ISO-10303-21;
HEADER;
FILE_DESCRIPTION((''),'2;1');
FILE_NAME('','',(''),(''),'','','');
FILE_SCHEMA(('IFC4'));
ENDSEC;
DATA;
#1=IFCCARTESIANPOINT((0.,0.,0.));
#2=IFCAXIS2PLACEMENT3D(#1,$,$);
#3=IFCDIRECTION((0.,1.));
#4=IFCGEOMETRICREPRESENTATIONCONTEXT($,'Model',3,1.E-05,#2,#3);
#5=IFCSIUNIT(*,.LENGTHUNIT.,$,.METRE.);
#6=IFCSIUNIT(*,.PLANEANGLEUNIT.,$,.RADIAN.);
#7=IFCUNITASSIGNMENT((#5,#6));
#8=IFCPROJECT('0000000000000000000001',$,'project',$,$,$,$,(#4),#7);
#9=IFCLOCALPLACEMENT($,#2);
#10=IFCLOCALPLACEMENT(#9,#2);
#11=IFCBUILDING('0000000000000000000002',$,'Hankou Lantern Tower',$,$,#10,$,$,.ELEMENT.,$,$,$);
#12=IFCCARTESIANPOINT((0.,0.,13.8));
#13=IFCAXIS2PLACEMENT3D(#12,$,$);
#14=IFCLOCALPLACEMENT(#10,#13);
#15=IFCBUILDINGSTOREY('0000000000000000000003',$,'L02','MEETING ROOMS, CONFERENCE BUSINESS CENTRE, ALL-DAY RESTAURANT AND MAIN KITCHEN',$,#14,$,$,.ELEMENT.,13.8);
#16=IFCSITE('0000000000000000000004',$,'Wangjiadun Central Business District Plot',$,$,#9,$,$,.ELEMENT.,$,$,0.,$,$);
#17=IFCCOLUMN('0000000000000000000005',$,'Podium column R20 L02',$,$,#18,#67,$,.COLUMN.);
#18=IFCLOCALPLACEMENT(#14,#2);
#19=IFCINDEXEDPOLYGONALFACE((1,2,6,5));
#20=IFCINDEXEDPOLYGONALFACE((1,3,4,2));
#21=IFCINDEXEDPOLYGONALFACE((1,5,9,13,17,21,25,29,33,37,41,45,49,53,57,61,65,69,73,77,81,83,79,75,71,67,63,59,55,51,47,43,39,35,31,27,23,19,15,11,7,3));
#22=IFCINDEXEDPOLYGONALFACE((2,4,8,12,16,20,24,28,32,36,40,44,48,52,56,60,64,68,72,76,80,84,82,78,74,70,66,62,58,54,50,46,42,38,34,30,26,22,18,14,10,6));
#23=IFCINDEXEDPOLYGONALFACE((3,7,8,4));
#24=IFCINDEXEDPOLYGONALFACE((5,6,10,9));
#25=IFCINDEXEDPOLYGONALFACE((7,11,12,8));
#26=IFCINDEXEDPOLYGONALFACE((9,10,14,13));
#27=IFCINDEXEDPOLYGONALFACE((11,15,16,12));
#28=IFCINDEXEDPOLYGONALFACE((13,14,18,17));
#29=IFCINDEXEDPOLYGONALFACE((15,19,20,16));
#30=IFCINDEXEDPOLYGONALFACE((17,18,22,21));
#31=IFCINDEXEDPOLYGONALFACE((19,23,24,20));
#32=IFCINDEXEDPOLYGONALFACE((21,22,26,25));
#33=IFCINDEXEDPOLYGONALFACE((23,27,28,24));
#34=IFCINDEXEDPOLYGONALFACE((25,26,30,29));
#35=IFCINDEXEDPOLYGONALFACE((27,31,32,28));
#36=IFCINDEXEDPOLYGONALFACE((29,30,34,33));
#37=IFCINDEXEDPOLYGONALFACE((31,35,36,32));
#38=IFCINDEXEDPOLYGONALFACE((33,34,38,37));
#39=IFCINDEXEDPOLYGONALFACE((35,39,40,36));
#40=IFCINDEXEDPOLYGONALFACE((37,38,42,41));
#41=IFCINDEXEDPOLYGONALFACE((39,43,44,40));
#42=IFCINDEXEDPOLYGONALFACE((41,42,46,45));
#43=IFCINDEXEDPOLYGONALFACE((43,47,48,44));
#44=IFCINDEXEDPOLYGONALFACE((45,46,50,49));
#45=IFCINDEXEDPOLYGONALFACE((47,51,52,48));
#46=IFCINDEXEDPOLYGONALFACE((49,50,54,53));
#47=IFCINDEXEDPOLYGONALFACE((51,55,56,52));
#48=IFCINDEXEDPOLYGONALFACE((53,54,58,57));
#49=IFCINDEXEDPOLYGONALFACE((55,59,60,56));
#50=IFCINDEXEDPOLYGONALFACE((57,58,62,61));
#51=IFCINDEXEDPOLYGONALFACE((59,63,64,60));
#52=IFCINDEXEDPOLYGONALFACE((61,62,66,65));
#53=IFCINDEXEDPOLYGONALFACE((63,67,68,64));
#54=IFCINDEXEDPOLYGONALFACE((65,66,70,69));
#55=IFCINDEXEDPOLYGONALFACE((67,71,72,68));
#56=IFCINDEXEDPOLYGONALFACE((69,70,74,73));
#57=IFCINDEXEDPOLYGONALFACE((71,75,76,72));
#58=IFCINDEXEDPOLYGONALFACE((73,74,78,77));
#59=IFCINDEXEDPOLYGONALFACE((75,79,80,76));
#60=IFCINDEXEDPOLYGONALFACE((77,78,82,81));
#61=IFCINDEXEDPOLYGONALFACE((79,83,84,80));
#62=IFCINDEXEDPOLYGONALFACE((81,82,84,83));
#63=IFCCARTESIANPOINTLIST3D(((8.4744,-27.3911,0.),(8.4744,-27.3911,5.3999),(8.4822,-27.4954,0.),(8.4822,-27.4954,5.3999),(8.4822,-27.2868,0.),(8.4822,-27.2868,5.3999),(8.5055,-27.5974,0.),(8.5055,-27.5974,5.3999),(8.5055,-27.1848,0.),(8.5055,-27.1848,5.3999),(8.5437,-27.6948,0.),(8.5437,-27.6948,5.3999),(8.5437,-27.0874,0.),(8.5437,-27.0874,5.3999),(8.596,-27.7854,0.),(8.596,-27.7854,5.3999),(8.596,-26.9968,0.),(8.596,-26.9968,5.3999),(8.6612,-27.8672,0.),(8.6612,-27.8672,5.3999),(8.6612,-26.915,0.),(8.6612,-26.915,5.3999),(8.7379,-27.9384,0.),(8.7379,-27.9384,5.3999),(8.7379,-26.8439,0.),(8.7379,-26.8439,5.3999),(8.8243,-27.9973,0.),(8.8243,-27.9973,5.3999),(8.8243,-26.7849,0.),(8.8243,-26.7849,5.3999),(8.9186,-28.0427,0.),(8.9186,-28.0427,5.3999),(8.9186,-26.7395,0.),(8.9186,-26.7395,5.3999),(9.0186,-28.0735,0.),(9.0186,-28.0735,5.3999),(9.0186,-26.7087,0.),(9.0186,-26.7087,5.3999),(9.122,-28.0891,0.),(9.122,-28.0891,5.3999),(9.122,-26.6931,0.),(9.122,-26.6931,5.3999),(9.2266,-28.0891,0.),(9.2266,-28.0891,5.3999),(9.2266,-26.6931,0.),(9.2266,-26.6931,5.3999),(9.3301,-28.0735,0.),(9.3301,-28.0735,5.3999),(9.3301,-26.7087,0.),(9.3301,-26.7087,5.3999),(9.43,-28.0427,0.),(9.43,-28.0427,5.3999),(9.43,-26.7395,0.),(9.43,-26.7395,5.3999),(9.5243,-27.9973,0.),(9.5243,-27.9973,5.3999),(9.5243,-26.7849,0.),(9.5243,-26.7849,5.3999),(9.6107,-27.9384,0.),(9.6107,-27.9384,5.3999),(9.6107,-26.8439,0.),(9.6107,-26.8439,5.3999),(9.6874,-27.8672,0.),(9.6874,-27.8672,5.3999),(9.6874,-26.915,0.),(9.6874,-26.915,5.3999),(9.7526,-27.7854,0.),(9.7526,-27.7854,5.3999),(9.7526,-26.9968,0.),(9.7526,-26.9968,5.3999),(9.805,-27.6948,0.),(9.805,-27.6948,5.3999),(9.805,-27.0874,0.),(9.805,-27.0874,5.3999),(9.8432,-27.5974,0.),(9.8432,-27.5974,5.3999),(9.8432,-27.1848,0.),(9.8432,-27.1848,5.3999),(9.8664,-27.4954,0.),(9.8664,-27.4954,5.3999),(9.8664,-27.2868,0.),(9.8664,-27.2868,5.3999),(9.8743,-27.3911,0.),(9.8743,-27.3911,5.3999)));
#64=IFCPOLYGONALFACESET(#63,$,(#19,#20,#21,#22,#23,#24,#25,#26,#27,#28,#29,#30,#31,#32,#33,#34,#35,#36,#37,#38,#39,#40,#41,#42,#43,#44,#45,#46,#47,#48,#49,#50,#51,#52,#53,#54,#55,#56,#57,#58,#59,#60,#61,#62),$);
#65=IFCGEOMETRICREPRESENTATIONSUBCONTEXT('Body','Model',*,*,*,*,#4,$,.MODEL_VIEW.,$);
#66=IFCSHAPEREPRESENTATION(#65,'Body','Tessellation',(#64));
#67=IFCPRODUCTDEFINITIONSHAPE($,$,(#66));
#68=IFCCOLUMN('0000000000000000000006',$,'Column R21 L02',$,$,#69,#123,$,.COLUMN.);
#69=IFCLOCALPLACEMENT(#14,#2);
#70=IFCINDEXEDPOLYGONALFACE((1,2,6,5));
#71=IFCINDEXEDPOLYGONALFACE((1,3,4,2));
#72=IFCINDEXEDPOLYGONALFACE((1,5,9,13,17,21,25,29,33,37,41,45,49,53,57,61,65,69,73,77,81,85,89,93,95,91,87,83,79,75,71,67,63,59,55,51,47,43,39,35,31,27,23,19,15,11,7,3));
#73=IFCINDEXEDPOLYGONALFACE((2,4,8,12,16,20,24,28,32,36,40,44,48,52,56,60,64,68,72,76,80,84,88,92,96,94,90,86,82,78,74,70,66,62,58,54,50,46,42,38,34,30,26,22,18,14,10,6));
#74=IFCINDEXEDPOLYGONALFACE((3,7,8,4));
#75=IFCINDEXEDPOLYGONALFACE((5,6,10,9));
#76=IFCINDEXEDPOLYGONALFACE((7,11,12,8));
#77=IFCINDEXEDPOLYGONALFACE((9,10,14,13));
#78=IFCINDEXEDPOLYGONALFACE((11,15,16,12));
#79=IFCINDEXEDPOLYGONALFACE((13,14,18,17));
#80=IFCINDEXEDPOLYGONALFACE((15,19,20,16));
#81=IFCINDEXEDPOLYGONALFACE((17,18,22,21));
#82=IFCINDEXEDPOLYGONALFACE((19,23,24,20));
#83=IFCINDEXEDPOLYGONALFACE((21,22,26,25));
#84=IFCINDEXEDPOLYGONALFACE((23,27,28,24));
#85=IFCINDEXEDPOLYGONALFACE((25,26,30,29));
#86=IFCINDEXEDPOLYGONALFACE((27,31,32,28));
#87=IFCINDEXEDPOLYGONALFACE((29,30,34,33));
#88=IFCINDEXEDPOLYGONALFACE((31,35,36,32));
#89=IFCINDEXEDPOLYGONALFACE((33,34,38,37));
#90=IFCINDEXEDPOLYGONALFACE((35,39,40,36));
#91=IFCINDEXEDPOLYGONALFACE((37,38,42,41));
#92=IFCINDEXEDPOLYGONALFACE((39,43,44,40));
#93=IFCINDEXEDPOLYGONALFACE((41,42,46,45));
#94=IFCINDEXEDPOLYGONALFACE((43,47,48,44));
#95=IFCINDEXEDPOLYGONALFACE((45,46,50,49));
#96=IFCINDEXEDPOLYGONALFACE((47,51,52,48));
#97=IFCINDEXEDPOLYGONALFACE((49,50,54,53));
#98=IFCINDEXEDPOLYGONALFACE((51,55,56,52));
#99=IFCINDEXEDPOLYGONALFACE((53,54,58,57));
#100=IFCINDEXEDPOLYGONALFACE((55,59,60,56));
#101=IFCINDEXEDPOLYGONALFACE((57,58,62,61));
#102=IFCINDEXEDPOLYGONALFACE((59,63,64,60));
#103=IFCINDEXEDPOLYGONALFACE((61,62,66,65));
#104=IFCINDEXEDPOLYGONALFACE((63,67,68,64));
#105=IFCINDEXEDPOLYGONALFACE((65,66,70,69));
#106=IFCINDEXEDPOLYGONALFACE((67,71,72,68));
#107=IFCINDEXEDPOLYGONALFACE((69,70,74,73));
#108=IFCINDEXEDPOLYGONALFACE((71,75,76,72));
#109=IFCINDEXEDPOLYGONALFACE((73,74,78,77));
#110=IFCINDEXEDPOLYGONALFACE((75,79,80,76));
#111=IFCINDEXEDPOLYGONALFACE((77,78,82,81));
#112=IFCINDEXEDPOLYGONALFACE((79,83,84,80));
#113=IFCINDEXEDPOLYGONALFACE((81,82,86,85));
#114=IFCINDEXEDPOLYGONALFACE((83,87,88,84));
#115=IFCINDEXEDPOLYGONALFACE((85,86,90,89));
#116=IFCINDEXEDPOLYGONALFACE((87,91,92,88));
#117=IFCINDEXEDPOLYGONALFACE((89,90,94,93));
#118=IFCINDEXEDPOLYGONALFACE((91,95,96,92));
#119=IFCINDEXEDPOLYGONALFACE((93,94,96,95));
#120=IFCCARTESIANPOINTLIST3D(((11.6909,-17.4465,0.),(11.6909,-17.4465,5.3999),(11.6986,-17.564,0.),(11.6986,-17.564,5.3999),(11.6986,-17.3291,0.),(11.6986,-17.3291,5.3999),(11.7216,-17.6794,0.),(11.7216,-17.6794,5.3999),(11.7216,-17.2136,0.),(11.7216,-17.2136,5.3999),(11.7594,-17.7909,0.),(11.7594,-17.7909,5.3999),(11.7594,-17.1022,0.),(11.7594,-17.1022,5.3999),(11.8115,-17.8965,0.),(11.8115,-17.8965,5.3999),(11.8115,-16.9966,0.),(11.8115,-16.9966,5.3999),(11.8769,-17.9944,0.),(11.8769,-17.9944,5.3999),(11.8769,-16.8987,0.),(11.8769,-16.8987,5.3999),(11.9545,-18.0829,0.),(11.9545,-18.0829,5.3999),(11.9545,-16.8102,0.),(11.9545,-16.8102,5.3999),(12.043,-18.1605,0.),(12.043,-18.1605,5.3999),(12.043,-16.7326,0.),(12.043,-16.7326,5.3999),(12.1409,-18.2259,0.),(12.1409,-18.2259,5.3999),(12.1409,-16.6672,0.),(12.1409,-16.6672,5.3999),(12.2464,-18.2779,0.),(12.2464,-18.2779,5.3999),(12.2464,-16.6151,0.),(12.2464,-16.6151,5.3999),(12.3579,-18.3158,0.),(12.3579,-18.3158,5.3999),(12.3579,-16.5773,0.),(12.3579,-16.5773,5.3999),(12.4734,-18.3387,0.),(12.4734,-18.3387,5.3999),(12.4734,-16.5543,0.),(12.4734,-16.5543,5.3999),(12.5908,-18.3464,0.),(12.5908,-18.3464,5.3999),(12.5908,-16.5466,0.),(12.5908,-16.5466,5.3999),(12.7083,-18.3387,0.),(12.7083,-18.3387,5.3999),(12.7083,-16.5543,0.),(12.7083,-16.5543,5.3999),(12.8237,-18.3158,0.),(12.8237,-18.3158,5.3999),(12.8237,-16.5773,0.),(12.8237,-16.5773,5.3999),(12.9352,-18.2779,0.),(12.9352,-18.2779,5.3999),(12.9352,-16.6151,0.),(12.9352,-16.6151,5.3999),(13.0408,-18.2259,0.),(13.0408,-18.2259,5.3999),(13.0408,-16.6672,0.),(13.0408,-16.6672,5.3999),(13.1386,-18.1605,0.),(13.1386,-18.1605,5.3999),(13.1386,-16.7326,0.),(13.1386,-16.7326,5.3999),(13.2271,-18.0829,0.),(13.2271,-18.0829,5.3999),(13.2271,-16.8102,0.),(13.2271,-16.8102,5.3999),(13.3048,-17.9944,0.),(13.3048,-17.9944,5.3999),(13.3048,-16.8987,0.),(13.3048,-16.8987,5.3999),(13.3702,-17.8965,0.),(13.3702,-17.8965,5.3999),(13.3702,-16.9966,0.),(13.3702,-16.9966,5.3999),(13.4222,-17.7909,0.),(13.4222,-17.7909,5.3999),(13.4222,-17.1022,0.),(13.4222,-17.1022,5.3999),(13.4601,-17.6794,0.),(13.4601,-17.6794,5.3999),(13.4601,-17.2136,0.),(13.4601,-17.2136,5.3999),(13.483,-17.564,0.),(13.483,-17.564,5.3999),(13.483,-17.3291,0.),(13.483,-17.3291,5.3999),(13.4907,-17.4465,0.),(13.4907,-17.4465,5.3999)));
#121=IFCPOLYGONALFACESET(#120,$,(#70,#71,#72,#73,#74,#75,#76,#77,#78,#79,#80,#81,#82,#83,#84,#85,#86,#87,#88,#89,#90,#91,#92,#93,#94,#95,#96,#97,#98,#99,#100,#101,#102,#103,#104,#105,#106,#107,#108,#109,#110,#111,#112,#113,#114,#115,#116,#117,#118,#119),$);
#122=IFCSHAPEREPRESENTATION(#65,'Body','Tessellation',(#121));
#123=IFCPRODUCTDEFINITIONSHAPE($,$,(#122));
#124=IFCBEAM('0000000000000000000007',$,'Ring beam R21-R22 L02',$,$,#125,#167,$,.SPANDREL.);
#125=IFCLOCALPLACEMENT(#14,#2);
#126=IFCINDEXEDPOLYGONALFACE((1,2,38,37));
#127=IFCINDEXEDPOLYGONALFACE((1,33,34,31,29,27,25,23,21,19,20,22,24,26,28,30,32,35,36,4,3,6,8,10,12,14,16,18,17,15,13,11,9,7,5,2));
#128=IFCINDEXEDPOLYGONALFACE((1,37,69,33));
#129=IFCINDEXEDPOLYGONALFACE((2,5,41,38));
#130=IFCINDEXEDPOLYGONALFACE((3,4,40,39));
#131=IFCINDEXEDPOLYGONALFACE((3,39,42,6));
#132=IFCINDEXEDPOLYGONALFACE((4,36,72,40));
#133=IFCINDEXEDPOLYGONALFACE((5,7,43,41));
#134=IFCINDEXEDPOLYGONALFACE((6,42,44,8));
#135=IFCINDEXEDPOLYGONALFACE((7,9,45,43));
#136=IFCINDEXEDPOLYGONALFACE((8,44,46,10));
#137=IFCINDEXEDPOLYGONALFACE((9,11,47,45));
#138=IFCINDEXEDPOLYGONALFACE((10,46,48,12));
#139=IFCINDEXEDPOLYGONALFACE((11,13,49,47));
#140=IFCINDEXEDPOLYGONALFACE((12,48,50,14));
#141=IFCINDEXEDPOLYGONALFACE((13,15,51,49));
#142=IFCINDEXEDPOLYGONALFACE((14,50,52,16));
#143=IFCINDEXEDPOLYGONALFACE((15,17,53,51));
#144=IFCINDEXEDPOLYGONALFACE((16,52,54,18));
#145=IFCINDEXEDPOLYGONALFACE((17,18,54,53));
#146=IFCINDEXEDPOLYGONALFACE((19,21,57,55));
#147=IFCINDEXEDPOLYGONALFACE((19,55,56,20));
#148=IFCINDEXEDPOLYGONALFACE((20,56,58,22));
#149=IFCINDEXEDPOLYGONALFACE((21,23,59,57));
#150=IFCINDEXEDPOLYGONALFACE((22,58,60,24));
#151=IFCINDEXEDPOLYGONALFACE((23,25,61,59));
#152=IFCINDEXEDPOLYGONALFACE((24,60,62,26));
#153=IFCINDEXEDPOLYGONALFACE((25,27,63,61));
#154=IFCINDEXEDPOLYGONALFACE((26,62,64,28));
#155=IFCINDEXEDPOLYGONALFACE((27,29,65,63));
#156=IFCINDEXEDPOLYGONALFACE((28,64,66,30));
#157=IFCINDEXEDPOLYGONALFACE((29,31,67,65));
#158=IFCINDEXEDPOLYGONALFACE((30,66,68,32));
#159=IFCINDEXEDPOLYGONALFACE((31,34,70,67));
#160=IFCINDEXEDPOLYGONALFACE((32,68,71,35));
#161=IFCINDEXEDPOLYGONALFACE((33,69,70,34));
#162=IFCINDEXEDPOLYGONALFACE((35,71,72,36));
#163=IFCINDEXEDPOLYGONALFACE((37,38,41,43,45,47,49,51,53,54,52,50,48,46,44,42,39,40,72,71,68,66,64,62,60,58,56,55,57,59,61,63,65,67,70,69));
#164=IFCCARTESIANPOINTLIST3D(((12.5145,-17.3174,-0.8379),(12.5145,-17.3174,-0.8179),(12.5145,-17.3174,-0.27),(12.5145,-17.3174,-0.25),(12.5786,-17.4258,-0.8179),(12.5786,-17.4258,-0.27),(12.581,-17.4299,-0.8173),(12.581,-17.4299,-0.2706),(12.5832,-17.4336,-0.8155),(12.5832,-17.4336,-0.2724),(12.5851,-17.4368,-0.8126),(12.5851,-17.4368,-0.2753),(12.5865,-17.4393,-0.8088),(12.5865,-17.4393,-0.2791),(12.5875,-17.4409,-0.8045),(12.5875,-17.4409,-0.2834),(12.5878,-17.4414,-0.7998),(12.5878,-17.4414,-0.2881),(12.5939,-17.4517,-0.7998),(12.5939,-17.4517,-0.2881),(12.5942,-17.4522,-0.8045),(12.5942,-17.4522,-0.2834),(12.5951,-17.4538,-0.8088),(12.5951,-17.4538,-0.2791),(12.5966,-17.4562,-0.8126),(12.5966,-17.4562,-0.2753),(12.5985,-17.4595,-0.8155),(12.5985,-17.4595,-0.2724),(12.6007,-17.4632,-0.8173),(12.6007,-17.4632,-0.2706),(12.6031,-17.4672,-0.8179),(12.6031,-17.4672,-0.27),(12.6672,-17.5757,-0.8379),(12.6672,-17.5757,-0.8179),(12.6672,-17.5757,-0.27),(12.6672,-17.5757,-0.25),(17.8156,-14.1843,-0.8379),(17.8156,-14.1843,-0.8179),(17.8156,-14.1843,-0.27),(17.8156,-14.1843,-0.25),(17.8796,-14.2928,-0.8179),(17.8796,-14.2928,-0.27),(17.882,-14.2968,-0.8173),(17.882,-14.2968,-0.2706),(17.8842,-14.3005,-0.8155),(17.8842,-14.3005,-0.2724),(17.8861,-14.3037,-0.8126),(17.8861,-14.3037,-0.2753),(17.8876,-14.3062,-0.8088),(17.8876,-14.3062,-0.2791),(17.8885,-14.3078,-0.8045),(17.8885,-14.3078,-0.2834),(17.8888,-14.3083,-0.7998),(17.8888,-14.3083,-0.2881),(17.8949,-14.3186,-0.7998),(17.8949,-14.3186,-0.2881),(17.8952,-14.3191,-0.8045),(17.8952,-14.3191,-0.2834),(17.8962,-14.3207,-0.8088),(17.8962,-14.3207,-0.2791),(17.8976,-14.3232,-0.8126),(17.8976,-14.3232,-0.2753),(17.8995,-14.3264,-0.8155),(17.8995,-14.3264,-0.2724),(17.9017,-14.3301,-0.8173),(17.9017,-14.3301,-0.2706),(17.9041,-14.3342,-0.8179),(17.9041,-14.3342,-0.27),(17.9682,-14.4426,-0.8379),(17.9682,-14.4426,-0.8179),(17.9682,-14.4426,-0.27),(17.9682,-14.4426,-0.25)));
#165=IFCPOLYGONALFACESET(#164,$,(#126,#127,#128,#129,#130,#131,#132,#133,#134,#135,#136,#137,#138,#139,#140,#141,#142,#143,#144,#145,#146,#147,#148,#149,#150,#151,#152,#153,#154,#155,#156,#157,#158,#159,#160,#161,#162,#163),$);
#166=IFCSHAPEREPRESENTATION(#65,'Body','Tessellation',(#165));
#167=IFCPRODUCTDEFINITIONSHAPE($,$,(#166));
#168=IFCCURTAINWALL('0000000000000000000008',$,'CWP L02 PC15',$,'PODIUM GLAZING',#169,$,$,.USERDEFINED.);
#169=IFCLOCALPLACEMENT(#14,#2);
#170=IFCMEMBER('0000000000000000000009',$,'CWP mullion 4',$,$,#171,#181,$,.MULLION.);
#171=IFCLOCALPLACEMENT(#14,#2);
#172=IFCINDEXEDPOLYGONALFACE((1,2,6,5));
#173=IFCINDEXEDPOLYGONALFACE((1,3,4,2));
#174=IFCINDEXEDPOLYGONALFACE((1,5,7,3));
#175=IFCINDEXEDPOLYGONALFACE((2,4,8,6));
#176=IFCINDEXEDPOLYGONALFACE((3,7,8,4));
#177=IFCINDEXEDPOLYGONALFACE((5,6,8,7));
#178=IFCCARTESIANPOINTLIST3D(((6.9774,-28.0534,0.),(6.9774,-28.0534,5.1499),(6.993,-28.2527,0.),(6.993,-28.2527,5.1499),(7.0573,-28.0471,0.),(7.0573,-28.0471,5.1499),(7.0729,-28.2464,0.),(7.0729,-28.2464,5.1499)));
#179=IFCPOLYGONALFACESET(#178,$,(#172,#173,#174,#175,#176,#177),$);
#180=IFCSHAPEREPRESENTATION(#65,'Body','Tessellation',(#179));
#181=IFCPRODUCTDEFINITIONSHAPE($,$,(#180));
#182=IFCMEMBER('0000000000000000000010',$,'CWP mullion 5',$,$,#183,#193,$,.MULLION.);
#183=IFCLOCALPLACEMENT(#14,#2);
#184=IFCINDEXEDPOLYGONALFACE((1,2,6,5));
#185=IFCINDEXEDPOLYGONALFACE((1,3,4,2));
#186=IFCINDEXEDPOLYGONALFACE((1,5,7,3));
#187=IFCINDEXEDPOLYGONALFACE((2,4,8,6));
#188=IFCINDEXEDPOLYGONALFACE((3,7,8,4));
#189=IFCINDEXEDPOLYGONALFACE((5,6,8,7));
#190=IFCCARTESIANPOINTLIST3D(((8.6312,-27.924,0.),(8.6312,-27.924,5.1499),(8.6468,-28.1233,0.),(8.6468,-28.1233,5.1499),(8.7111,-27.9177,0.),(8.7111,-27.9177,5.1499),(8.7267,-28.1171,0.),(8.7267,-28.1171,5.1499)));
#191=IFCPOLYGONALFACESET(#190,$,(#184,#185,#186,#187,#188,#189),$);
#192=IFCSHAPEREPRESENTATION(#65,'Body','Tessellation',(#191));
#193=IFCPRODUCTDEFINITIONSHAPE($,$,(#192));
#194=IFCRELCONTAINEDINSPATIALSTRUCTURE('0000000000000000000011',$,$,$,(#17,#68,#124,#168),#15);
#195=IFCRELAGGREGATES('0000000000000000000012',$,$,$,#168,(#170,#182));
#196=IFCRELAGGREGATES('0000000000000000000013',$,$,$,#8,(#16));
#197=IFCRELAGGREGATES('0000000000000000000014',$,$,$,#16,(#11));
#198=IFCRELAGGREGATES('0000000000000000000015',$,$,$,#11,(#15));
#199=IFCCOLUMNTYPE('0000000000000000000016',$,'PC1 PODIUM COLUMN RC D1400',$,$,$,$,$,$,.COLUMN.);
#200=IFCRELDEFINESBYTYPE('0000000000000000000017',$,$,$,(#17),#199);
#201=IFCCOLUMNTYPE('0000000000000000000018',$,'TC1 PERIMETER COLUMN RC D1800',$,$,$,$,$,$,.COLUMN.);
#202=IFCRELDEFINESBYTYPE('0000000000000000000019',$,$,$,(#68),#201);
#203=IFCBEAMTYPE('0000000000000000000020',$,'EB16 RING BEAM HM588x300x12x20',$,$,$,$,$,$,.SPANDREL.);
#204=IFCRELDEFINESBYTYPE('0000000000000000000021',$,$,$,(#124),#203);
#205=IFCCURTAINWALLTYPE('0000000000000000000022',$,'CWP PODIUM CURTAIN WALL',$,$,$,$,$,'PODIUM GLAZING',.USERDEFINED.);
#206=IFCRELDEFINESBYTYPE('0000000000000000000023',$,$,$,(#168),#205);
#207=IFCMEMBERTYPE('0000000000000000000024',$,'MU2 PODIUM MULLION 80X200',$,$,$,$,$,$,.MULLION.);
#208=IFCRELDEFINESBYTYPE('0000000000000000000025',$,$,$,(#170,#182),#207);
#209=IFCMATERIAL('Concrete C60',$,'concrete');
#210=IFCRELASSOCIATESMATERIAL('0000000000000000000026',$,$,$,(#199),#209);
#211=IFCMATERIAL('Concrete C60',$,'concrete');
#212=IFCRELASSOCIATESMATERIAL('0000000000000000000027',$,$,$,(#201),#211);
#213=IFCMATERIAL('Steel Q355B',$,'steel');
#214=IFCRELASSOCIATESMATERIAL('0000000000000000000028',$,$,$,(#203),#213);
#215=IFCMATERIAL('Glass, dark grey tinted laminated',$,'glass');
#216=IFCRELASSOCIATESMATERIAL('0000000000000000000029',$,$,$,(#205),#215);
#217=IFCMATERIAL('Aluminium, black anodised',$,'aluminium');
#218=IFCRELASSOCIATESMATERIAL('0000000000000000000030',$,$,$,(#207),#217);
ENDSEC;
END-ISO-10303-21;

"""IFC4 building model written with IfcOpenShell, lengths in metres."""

from ifc_helpers import new_model, si_unit, direction, frame, origin, origin_2d, place, context, subcontext, project, spatial, rectangle, circle, i_section, extrude, material, material_profile, profile_set, type_object, element, aggregate, save


model = new_model("IFC4")

# Units and contexts
model_context = context("Model", 3, precision=1e-05, world=origin(), true_north=direction((0.0, 1.0)))
body_context = subcontext(model_context, "Body", "Model", "MODEL_VIEW")
ifc_project = project(units=[si_unit("LENGTHUNIT", "METRE"), si_unit("PLANEANGLEUNIT", "RADIAN")], contexts=[model_context])

# Site, building, storey
site_placement = place(None, origin())
site = spatial("IfcSite", under=ifc_project, at=site_placement, Name="Wangjiadun Central Business District Plot", CompositionType="ELEMENT", RefElevation=0.0)
building_placement = place(site_placement, origin())
building = spatial("IfcBuilding", under=site, at=building_placement, Name="Hankou Lantern Tower", CompositionType="ELEMENT")
storey_placement = place(building_placement, frame((0.0, 0.0, 13.8)))
storey = spatial("IfcBuildingStorey", under=building, at=storey_placement, Name="L02", Description="MEETING ROOMS, CONFERENCE BUSINESS CENTRE, ALL-DAY RESTAURANT AND MAIN KITCHEN", CompositionType="ELEMENT", Elevation=13.8)

# Columns
ifc_material_1 = material(Name="Concrete C60", Category="concrete")
ifc_material_profile_1 = material_profile(ifc_material_1, circle(Radius=0.7, at=origin_2d()), Name="RC D1400")
ifc_profile_set_1 = profile_set([ifc_material_profile_1], Name="Concrete C60")
column_type_1 = type_object("IfcColumnType", Name="PC1 PODIUM COLUMN RC D1400", PredefinedType="COLUMN", material=ifc_profile_set_1)
column_1_placement = place(storey_placement, frame((9.1743, -27.3911, 0.0), z_axis=(0.0, 0.0, 1.0), x_axis=(1.0, 0.0, 0.0)))
element("IfcColumn", 1, at=column_1_placement, inside=storey, type_object=column_type_1, Name="Podium column R20 L02", PredefinedType="COLUMN", context=body_context, shape_type="SweptSolid", body=[
    extrude(circle(Radius=0.7, at=origin_2d()), origin(), (0.0, 0.0, 1.0), 5.3999),
])
ifc_material_2 = material(Name="Concrete C60", Category="concrete")
ifc_material_profile_2 = material_profile(ifc_material_2, circle(Radius=0.8999, at=origin_2d()), Name="RC D1800")
ifc_profile_set_2 = profile_set([ifc_material_profile_2], Name="Concrete C60")
column_type_2 = type_object("IfcColumnType", Name="TC1 PERIMETER COLUMN RC D1800", PredefinedType="COLUMN", material=ifc_profile_set_2)
column_2_placement = place(storey_placement, frame((12.5908, -17.4465, 0.0), z_axis=(0.0, 0.0, 1.0), x_axis=(1.0, 0.0, 0.0)))
element("IfcColumn", 2, at=column_2_placement, inside=storey, type_object=column_type_2, Name="Column R21 L02", PredefinedType="COLUMN", context=body_context, shape_type="SweptSolid", body=[
    extrude(circle(Radius=0.8999, at=origin_2d()), origin(), (0.0, 0.0, 1.0), 5.3999),
])

# Beam
ifc_material_3 = material(Name="Steel Q355B", Category="steel")
ifc_material_profile_3 = material_profile(ifc_material_3, i_section(OverallWidth=0.3, OverallDepth=0.5879, WebThickness=0.012, FlangeThickness=0.02, FilletRadius=0.0181, at=origin_2d()), Name="HM588x300x12x20")
ifc_profile_set_3 = profile_set([ifc_material_profile_3], Name="Steel Q355B")
beam_type_1 = type_object("IfcBeamType", Name="EB16 RING BEAM HM588x300x12x20", PredefinedType="SPANDREL", material=ifc_profile_set_3)
beam_1_placement = place(storey_placement, frame((12.5908, -17.4465, -0.5439), z_axis=(0.860882, 0.508805, 0.0), x_axis=(-0.508805, 0.860882, 0.0)))
element("IfcBeam", 3, at=beam_1_placement, inside=storey, type_object=beam_type_1, Name="Ring beam R21-R22 L02", PredefinedType="SPANDREL", context=body_context, shape_type="SweptSolid", body=[
    extrude(i_section(OverallWidth=0.3, OverallDepth=0.5879, WebThickness=0.012, FlangeThickness=0.02, FilletRadius=0.0181, at=origin_2d()), origin(), (0.0, 0.0, 1.0), 6.1577),
])

# Curtain wall, members
ifc_material_4 = material(Name="Glass, dark grey tinted laminated", Category="glass")
curtain_wall_type = type_object("IfcCurtainWallType", Name="CWP PODIUM CURTAIN WALL", ElementType="PODIUM GLAZING", PredefinedType="USERDEFINED", material=ifc_material_4)
curtain_wall_1_placement = place(storey_placement, origin())
curtain_wall_1 = element("IfcCurtainWall", 4, at=curtain_wall_1_placement, inside=storey, type_object=curtain_wall_type, Name="CWP L02 PC15", ObjectType="PODIUM GLAZING", PredefinedType="USERDEFINED")
ifc_material_5 = material(Name="Aluminium, black anodised", Category="aluminium")
ifc_material_profile_4 = material_profile(ifc_material_5, rectangle(XDim=0.0801, YDim=0.2, at=origin_2d()), Name="MU2 80X200")
ifc_profile_set_4 = profile_set([ifc_material_profile_4], Name="Aluminium, black anodised")
member_type_1 = type_object("IfcMemberType", Name="MU2 PODIUM MULLION 80X200", PredefinedType="MULLION", material=ifc_profile_set_4)
member_1_placement = place(storey_placement, frame((7.0251, -28.1499, 0.0), z_axis=(0.0, 0.0, 1.0), x_axis=(0.996949, 0.078062, 0.0)))
member_1 = element("IfcMember", 5, at=member_1_placement, type_object=member_type_1, Name="CWP mullion 4", PredefinedType="MULLION", context=body_context, shape_type="SweptSolid", body=[
    extrude(rectangle(XDim=0.0801, YDim=0.2, at=origin_2d()), origin(), (0.0, 0.0, 1.0), 5.1499),
])
member_2_placement = place(storey_placement, frame((8.679, -28.0205, 0.0), z_axis=(0.0, 0.0, 1.0), x_axis=(0.996949, 0.078062, 0.0)))
member_2 = element("IfcMember", 6, at=member_2_placement, type_object=member_type_1, Name="CWP mullion 5", PredefinedType="MULLION", context=body_context, shape_type="SweptSolid", body=[
    extrude(rectangle(XDim=0.0801, YDim=0.2, at=origin_2d()), origin(), (0.0, 0.0, 1.0), 5.1499),
])

aggregate(curtain_wall_1, [member_1, member_2])

save(model, "model.ifc")
